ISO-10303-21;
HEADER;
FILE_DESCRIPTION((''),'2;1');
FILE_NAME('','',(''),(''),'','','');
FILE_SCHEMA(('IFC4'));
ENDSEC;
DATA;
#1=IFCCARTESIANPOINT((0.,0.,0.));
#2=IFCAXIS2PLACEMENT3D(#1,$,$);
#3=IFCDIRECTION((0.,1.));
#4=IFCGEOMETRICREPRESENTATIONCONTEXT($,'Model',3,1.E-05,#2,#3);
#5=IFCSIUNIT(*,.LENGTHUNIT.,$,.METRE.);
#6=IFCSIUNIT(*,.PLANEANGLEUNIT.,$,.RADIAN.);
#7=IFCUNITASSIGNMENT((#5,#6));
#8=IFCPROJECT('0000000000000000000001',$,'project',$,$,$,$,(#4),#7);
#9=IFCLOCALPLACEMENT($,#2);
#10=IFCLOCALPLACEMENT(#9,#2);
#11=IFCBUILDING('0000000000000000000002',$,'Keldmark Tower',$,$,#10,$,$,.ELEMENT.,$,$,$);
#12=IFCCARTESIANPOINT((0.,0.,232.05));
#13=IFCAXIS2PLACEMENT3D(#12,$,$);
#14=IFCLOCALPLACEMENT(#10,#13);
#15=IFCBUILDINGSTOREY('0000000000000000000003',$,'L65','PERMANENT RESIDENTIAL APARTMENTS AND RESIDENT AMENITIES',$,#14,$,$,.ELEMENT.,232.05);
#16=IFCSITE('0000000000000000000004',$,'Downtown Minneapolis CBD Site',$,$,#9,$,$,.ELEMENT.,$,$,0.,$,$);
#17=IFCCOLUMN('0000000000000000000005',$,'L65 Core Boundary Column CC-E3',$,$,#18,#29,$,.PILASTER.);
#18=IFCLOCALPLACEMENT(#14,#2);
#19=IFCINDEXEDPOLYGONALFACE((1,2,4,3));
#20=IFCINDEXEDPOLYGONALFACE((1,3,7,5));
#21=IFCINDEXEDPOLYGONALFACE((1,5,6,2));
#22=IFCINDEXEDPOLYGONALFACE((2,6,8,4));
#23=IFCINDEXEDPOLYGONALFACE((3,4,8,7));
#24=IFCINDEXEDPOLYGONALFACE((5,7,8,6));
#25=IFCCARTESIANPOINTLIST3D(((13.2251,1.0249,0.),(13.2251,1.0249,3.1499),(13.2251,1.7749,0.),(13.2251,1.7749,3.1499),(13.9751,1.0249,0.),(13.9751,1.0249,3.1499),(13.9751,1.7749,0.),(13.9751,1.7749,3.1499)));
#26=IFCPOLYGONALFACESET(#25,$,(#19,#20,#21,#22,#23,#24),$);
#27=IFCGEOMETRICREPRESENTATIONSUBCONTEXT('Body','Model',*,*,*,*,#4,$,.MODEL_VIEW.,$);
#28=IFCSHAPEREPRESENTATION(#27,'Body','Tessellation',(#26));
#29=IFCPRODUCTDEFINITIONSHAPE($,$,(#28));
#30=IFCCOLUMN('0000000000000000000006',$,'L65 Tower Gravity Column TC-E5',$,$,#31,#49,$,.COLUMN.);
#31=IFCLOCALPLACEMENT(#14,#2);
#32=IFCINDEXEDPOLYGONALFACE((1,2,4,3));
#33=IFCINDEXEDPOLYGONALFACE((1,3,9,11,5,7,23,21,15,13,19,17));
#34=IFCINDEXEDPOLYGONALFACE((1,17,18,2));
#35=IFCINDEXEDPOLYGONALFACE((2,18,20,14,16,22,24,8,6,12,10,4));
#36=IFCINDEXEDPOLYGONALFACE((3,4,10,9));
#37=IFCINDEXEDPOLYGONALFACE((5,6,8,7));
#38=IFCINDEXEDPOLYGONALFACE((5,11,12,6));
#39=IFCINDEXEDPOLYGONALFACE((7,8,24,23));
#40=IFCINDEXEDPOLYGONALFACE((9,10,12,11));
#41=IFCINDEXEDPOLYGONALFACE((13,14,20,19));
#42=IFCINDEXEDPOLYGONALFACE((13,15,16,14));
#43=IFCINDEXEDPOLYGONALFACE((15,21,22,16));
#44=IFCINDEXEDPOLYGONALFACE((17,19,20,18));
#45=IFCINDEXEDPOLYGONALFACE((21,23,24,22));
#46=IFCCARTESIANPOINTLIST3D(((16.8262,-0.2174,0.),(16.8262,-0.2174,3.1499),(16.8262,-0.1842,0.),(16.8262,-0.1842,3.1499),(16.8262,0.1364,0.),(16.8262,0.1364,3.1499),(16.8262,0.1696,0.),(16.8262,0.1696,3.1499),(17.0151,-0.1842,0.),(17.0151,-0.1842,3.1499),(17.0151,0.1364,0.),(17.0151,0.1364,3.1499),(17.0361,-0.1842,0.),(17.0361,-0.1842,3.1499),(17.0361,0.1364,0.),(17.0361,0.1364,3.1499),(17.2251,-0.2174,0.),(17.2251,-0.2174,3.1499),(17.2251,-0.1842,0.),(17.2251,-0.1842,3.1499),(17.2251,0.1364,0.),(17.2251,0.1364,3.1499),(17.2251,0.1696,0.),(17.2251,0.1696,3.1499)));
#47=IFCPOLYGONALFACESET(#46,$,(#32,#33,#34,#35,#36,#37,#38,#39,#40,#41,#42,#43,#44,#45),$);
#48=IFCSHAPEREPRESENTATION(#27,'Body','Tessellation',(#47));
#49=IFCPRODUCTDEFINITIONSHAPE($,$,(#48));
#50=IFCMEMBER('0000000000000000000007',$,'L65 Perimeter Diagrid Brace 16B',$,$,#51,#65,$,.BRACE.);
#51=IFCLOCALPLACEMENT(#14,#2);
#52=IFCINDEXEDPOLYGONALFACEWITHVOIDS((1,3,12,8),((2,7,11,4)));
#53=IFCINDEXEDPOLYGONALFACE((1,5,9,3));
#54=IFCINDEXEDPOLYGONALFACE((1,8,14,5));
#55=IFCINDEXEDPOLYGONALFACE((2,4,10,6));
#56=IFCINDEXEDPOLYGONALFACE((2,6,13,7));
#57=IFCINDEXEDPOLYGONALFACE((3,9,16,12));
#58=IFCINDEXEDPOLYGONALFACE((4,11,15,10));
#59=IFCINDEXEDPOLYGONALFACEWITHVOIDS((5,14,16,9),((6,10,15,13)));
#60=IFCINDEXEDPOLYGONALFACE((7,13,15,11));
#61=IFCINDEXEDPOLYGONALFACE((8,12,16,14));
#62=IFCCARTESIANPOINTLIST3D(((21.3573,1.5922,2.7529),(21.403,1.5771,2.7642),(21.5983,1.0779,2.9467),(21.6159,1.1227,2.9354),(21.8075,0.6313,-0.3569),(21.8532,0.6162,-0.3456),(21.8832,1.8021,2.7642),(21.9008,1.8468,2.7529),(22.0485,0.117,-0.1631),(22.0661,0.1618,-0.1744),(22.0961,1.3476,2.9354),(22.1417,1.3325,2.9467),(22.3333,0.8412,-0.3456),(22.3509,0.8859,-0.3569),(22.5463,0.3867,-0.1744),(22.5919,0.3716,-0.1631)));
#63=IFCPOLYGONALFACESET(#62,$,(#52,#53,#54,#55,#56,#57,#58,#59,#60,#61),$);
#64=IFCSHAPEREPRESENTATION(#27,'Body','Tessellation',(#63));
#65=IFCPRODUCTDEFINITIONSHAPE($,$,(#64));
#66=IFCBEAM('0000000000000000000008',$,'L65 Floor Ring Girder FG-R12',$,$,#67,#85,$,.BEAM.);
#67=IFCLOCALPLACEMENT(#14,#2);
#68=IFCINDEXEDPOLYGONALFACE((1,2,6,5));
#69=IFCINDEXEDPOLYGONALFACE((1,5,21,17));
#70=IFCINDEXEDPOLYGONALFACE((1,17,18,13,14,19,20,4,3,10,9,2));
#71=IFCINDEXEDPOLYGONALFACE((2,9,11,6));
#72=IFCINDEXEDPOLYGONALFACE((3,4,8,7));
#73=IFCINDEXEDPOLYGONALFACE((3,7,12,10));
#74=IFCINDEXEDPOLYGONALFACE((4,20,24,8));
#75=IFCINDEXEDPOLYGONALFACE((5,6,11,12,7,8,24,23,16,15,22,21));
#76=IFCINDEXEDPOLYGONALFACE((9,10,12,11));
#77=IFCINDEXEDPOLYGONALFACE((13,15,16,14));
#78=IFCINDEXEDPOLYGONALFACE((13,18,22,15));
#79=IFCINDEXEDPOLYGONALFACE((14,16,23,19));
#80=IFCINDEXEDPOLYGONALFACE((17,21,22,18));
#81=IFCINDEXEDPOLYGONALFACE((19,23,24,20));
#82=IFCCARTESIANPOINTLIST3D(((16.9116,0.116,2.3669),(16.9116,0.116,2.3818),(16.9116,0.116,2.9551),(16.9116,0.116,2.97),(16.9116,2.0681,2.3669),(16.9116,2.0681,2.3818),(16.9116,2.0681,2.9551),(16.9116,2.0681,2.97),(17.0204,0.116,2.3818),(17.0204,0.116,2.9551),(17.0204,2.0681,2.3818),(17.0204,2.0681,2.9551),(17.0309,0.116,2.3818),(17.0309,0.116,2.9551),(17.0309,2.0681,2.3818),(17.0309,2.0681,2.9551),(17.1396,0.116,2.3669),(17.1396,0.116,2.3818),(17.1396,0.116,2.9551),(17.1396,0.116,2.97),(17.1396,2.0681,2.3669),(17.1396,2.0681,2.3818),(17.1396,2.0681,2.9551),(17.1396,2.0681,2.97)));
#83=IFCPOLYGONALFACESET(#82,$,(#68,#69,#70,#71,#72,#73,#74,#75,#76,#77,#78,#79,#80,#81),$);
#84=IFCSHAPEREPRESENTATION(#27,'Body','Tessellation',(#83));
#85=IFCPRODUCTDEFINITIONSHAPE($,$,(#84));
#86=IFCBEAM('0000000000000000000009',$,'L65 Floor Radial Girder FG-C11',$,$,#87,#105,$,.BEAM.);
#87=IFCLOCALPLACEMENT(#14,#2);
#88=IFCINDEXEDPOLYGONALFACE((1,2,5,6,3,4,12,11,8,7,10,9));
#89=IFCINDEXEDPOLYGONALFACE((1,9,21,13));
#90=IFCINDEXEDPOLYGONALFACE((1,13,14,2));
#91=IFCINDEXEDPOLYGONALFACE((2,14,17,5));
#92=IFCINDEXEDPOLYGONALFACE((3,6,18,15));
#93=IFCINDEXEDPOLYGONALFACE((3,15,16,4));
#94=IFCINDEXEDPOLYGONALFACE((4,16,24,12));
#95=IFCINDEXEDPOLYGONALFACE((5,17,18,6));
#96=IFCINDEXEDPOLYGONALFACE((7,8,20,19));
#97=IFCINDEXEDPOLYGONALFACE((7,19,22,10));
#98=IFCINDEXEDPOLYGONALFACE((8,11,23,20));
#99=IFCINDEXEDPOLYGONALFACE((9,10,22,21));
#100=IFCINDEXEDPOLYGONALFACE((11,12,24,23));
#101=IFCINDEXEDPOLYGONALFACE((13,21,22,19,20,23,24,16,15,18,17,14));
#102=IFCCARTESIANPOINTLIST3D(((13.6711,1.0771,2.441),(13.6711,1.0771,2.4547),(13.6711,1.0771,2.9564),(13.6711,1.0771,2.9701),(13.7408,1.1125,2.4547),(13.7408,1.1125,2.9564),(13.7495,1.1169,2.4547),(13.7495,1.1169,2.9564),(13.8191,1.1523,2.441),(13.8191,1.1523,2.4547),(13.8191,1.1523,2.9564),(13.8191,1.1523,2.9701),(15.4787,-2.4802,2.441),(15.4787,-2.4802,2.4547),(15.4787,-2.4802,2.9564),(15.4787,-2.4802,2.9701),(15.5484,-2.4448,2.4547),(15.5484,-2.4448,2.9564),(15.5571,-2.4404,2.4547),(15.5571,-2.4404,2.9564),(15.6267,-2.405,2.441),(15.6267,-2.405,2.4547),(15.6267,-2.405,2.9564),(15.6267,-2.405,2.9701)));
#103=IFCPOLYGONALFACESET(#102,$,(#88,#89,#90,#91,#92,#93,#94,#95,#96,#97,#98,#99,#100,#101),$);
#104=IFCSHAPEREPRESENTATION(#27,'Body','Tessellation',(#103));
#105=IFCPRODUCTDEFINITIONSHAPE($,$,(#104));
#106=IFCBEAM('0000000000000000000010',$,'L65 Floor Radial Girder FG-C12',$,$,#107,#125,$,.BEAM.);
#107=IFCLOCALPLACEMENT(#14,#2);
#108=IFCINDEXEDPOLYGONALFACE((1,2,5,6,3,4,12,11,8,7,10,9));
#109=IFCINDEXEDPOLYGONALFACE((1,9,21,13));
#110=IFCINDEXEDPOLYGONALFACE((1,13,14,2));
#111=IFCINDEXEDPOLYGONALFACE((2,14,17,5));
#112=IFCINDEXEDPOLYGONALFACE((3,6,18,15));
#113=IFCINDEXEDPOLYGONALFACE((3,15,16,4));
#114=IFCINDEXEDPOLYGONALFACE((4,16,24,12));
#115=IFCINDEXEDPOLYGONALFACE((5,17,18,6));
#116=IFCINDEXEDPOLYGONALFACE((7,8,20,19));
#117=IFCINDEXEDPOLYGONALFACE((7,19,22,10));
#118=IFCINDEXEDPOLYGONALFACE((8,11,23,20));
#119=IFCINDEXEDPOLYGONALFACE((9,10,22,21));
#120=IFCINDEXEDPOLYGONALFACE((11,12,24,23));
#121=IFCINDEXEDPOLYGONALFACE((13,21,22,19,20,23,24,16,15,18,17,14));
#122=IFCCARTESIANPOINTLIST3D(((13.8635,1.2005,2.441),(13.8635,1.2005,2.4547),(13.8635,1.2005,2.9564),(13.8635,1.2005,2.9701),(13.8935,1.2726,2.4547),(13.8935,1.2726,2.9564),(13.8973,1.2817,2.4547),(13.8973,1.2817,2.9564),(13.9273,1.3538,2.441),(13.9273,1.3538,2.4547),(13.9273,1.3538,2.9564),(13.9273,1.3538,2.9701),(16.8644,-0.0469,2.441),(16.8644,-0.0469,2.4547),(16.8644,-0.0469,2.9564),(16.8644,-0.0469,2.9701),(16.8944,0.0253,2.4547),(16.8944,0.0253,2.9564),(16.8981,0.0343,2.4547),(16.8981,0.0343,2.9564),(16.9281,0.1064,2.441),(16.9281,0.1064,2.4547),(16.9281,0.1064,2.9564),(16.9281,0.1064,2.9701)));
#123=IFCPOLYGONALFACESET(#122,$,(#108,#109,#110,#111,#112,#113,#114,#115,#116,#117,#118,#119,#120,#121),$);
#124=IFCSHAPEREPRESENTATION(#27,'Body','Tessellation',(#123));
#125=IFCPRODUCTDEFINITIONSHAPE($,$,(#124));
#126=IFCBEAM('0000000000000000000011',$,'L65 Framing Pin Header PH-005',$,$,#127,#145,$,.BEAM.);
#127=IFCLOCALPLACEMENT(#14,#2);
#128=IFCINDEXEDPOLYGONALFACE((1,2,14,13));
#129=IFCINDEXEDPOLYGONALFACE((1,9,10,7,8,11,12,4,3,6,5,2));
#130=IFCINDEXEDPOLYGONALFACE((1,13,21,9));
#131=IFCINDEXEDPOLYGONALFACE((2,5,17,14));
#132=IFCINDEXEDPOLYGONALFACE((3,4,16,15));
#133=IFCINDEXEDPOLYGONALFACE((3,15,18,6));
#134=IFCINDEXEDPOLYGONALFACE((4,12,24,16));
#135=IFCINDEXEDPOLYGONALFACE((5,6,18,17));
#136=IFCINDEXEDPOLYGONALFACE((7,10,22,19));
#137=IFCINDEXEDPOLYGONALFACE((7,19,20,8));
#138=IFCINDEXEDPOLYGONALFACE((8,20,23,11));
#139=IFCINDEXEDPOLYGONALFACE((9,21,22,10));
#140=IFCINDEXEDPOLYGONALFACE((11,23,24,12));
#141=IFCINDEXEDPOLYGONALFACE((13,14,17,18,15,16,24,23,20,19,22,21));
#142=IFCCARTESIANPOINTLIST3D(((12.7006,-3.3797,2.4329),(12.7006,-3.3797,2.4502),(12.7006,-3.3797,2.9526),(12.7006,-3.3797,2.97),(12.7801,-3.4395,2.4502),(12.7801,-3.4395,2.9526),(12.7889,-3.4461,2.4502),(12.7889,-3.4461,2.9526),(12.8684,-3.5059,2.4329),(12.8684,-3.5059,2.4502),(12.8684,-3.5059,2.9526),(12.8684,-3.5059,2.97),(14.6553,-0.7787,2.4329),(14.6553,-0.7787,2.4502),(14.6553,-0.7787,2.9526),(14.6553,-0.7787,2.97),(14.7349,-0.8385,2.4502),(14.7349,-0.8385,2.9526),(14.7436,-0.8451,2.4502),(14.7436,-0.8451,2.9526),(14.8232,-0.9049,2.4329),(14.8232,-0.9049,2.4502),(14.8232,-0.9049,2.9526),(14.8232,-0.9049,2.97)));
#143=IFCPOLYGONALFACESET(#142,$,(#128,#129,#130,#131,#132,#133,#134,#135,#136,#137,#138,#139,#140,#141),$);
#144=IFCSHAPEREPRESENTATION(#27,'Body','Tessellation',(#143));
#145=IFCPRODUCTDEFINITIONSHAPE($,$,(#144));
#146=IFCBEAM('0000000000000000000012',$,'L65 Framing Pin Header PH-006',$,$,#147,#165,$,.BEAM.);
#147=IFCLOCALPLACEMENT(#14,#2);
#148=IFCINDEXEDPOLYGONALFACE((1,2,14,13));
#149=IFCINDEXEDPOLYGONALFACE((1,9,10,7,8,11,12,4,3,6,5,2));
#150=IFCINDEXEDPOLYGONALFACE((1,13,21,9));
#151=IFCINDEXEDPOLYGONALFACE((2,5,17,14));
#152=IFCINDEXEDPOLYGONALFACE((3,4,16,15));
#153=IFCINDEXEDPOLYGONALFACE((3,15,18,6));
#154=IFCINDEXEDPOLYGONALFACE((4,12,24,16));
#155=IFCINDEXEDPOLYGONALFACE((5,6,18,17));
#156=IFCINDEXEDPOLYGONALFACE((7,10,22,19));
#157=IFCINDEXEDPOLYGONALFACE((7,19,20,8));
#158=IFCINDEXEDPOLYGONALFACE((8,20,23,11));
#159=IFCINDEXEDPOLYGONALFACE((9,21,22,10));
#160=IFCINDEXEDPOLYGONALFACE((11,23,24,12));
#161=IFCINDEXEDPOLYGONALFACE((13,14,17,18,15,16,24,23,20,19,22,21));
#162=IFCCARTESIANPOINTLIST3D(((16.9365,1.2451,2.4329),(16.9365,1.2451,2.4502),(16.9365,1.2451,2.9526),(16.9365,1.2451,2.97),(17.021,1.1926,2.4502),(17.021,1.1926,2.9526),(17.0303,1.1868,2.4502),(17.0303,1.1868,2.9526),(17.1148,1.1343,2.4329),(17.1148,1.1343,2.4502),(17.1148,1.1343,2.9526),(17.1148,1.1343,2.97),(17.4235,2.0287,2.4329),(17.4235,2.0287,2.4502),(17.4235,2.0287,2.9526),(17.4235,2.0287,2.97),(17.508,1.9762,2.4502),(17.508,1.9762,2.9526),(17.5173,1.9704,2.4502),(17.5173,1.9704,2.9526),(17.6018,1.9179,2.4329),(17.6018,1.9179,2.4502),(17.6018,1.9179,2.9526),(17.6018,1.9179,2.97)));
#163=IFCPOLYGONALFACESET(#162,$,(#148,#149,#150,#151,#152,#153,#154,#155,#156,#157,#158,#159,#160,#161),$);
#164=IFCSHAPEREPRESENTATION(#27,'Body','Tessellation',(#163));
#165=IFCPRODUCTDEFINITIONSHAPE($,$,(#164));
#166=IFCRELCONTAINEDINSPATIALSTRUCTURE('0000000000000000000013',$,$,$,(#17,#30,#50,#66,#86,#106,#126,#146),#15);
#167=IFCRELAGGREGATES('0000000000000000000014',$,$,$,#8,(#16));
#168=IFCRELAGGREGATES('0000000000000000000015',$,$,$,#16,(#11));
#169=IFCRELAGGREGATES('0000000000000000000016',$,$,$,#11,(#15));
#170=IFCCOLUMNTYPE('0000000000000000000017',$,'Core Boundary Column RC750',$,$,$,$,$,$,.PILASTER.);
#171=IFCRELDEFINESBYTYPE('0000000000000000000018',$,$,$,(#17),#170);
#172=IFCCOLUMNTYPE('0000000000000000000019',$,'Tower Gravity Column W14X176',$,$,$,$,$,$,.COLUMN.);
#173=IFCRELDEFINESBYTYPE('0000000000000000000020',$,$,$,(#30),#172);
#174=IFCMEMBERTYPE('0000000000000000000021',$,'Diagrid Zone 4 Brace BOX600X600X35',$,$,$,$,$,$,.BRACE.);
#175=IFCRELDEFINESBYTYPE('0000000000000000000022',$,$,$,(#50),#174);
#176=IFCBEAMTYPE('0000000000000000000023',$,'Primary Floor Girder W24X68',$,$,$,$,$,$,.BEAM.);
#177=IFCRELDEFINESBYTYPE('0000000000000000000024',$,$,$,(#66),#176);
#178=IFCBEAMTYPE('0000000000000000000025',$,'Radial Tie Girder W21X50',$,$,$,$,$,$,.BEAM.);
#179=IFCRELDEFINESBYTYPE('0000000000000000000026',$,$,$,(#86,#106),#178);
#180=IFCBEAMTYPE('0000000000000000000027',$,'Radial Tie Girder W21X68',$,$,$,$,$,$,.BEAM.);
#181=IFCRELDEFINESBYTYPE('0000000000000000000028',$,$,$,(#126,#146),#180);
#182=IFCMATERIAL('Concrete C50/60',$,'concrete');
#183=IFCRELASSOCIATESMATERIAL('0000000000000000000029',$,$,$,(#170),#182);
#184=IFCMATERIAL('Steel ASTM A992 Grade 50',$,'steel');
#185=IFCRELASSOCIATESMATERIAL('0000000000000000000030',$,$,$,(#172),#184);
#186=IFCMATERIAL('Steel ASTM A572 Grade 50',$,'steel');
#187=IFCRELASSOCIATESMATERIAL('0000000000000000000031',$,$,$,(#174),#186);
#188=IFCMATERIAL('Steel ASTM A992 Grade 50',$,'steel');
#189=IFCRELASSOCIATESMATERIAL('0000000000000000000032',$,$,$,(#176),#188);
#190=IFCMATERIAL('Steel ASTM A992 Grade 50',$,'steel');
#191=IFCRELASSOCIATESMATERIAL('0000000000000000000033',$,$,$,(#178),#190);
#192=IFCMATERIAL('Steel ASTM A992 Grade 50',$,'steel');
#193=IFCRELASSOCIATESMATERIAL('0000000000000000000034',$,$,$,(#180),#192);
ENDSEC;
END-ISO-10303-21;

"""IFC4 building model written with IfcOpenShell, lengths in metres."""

from ifc_helpers import new_model, si_unit, direction, frame, origin, origin_2d, place, context, subcontext, project, spatial, rectangle, hollow_rectangle, i_section, extrude, material, material_profile, profile_set, type_object, element, save


model = new_model("IFC4")

# Units and contexts
model_context = context("Model", 3, precision=1e-05, world=origin(), true_north=direction((0.0, 1.0)))
body_context = subcontext(model_context, "Body", "Model", "MODEL_VIEW")
ifc_project = project(units=[si_unit("LENGTHUNIT", "METRE"), si_unit("PLANEANGLEUNIT", "RADIAN")], contexts=[model_context])

# Site, building, storey
site_placement = place(None, origin())
site = spatial("IfcSite", under=ifc_project, at=site_placement, Name="Downtown Minneapolis CBD Site", CompositionType="ELEMENT", RefElevation=0.0)
building_placement = place(site_placement, origin())
building = spatial("IfcBuilding", under=site, at=building_placement, Name="Keldmark Tower", CompositionType="ELEMENT")
storey_placement = place(building_placement, frame((0.0, 0.0, 232.05)))
storey = spatial("IfcBuildingStorey", under=building, at=storey_placement, Name="L65", Description="PERMANENT RESIDENTIAL APARTMENTS AND RESIDENT AMENITIES", CompositionType="ELEMENT", Elevation=232.05)

# Columns
ifc_material_1 = material(Name="Concrete C50/60", Category="concrete")
ifc_material_profile_1 = material_profile(ifc_material_1, rectangle(XDim=0.75, YDim=0.75, at=origin_2d()), Name="RC750X750")
ifc_profile_set_1 = profile_set([ifc_material_profile_1], Name="Concrete C50/60")
column_type_1 = type_object("IfcColumnType", Name="Core Boundary Column RC750", PredefinedType="PILASTER", material=ifc_profile_set_1)
column_1_placement = place(storey_placement, frame((13.6001, 1.3999, 0.0), z_axis=(0.0, 0.0, 1.0), x_axis=(1.0, 0.0, 0.0)))
element("IfcColumn", 1, at=column_1_placement, inside=storey, type_object=column_type_1, Name="L65 Core Boundary Column CC-E3", PredefinedType="PILASTER", context=body_context, shape_type="SweptSolid", body=[
    extrude(rectangle(XDim=0.75, YDim=0.75, at=origin_2d()), origin(), (0.0, 0.0, 1.0), 3.1499),
])
ifc_material_2 = material(Name="Steel ASTM A992 Grade 50", Category="steel")
ifc_material_profile_2 = material_profile(ifc_material_2, i_section(OverallWidth=0.3989, OverallDepth=0.387, WebThickness=0.021, FlangeThickness=0.0332, at=origin_2d()), Name="W14X176")
ifc_profile_set_2 = profile_set([ifc_material_profile_2], Name="Steel ASTM A992 Grade 50")
column_type_2 = type_object("IfcColumnType", Name="Tower Gravity Column W14X176", PredefinedType="COLUMN", material=ifc_profile_set_2)
column_2_placement = place(storey_placement, frame((17.0256, -0.0239, 0.0), z_axis=(0.0, 0.0, 1.0), x_axis=(1.0, 0.0, 0.0)))
element("IfcColumn", 2, at=column_2_placement, inside=storey, type_object=column_type_2, Name="L65 Tower Gravity Column TC-E5", PredefinedType="COLUMN", context=body_context, shape_type="SweptSolid", body=[
    extrude(i_section(OverallWidth=0.3989, OverallDepth=0.387, WebThickness=0.021, FlangeThickness=0.0332, at=origin_2d()), origin(), (0.0, 0.0, 1.0), 3.1499),
])

# Member
ifc_material_3 = material(Name="Steel ASTM A572 Grade 50", Category="steel")
ifc_material_profile_3 = material_profile(ifc_material_3, hollow_rectangle(XDim=0.6001, YDim=0.6001, WallThickness=0.0349, at=origin_2d()), Name="BOX600X600X35")
ifc_profile_set_3 = profile_set([ifc_material_profile_3], Name="Steel ASTM A572 Grade 50")
member_type = type_object("IfcMemberType", Name="Diagrid Zone 4 Brace BOX600X600X35", PredefinedType="BRACE", material=ifc_profile_set_3)
member_placement = place(storey_placement, frame((22.1997, 0.5015, -0.26), z_axis=(-0.137007, 0.29244, 0.946418), x_axis=(-0.905547, -0.424245, 0.0)))
element("IfcMember", 3, at=member_placement, inside=storey, type_object=member_type, Name="L65 Perimeter Diagrid Brace 16B", PredefinedType="BRACE", context=body_context, shape_type="SweptSolid", body=[
    extrude(hollow_rectangle(XDim=0.6001, YDim=0.6001, WallThickness=0.0349, at=origin_2d()), origin(), (0.0, 0.0, 1.0), 3.2859),
])

# Beams
ifc_material_4 = material(Name="Steel ASTM A992 Grade 50", Category="steel")
ifc_material_profile_4 = material_profile(ifc_material_4, i_section(OverallWidth=0.228, OverallDepth=0.603, WebThickness=0.0105, FlangeThickness=0.0149, at=origin_2d()), Name="W24X68")
ifc_profile_set_4 = profile_set([ifc_material_profile_4], Name="Steel ASTM A992 Grade 50")
beam_type_1 = type_object("IfcBeamType", Name="Primary Floor Girder W24X68", PredefinedType="BEAM", material=ifc_profile_set_4)
beam_1_placement = place(storey_placement, frame((17.0256, 0.116, 2.6685), z_axis=(0.0, 1.0, 0.0), x_axis=(-1.0, 0.0, 0.0)))
element("IfcBeam", 4, at=beam_1_placement, inside=storey, type_object=beam_type_1, Name="L65 Floor Ring Girder FG-R12", PredefinedType="BEAM", context=body_context, shape_type="SweptSolid", body=[
    extrude(i_section(OverallWidth=0.228, OverallDepth=0.603, WebThickness=0.0105, FlangeThickness=0.0149, at=origin_2d()), origin(), (0.0, 0.0, 1.0), 1.9521),
])
ifc_material_5 = material(Name="Steel ASTM A992 Grade 50", Category="steel")
ifc_material_profile_5 = material_profile(ifc_material_5, i_section(OverallWidth=0.166, OverallDepth=0.5291, WebThickness=0.0098, FlangeThickness=0.0137, at=origin_2d()), Name="W21X50")
ifc_profile_set_5 = profile_set([ifc_material_profile_5], Name="Steel ASTM A992 Grade 50")
beam_type_2 = type_object("IfcBeamType", Name="Radial Tie Girder W21X50", PredefinedType="BEAM", material=ifc_profile_set_5)
beam_2_placement = place(storey_placement, frame((15.5527, -2.4426, 2.7056), z_axis=(-0.453004, 0.891508, 0.0), x_axis=(-0.891508, -0.453004, 0.0)))
element("IfcBeam", 5, at=beam_2_placement, inside=storey, type_object=beam_type_2, Name="L65 Floor Radial Girder FG-C11", PredefinedType="BEAM", context=body_context, shape_type="SweptSolid", body=[
    extrude(i_section(OverallWidth=0.166, OverallDepth=0.5291, WebThickness=0.0098, FlangeThickness=0.0137, at=origin_2d()), origin(), (0.0, 0.0, 1.0), 3.9902),
])
beam_3_placement = place(storey_placement, frame((16.8962, 0.0298, 2.7056), z_axis=(-0.923403, 0.383831, 0.0), x_axis=(-0.383831, -0.923403, 0.0)))
element("IfcBeam", 6, at=beam_3_placement, inside=storey, type_object=beam_type_2, Name="L65 Floor Radial Girder FG-C12", PredefinedType="BEAM", context=body_context, shape_type="SweptSolid", body=[
    extrude(i_section(OverallWidth=0.166, OverallDepth=0.5291, WebThickness=0.0098, FlangeThickness=0.0137, at=origin_2d()), origin(), (0.0, 0.0, 1.0), 3.2498),
])
ifc_material_6 = material(Name="Steel ASTM A992 Grade 50", Category="steel")
ifc_material_profile_6 = material_profile(ifc_material_6, i_section(OverallWidth=0.21, OverallDepth=0.5371, WebThickness=0.011, FlangeThickness=0.0173, at=origin_2d()), Name="W21X68")
ifc_profile_set_6 = profile_set([ifc_material_profile_6], Name="Steel ASTM A992 Grade 50")
beam_type_3 = type_object("IfcBeamType", Name="Radial Tie Girder W21X68", PredefinedType="BEAM", material=ifc_profile_set_6)
beam_4_placement = place(storey_placement, frame((14.7393, -0.8418, 2.7014), z_axis=(-0.600792, -0.799405, 0.0), x_axis=(0.799405, -0.600792, 0.0)))
element("IfcBeam", 7, at=beam_4_placement, inside=storey, type_object=beam_type_3, Name="L65 Framing Pin Header PH-005", PredefinedType="BEAM", context=body_context, shape_type="SweptSolid", body=[
    extrude(i_section(OverallWidth=0.21, OverallDepth=0.5371, WebThickness=0.011, FlangeThickness=0.0173, at=origin_2d()), origin(), (0.0, 0.0, 1.0), 3.2537),
])
beam_5_placement = place(storey_placement, frame((17.0256, 1.1897, 2.7014), z_axis=(0.527857, 0.849333, 0.0), x_axis=(-0.849333, 0.527857, 0.0)))
element("IfcBeam", 8, at=beam_5_placement, inside=storey, type_object=beam_type_3, Name="L65 Framing Pin Header PH-006", PredefinedType="BEAM", context=body_context, shape_type="SweptSolid", body=[
    extrude(i_section(OverallWidth=0.21, OverallDepth=0.5371, WebThickness=0.011, FlangeThickness=0.0173, at=origin_2d()), origin(), (0.0, 0.0, 1.0), 0.9226),
])

save(model, "model.ifc")
